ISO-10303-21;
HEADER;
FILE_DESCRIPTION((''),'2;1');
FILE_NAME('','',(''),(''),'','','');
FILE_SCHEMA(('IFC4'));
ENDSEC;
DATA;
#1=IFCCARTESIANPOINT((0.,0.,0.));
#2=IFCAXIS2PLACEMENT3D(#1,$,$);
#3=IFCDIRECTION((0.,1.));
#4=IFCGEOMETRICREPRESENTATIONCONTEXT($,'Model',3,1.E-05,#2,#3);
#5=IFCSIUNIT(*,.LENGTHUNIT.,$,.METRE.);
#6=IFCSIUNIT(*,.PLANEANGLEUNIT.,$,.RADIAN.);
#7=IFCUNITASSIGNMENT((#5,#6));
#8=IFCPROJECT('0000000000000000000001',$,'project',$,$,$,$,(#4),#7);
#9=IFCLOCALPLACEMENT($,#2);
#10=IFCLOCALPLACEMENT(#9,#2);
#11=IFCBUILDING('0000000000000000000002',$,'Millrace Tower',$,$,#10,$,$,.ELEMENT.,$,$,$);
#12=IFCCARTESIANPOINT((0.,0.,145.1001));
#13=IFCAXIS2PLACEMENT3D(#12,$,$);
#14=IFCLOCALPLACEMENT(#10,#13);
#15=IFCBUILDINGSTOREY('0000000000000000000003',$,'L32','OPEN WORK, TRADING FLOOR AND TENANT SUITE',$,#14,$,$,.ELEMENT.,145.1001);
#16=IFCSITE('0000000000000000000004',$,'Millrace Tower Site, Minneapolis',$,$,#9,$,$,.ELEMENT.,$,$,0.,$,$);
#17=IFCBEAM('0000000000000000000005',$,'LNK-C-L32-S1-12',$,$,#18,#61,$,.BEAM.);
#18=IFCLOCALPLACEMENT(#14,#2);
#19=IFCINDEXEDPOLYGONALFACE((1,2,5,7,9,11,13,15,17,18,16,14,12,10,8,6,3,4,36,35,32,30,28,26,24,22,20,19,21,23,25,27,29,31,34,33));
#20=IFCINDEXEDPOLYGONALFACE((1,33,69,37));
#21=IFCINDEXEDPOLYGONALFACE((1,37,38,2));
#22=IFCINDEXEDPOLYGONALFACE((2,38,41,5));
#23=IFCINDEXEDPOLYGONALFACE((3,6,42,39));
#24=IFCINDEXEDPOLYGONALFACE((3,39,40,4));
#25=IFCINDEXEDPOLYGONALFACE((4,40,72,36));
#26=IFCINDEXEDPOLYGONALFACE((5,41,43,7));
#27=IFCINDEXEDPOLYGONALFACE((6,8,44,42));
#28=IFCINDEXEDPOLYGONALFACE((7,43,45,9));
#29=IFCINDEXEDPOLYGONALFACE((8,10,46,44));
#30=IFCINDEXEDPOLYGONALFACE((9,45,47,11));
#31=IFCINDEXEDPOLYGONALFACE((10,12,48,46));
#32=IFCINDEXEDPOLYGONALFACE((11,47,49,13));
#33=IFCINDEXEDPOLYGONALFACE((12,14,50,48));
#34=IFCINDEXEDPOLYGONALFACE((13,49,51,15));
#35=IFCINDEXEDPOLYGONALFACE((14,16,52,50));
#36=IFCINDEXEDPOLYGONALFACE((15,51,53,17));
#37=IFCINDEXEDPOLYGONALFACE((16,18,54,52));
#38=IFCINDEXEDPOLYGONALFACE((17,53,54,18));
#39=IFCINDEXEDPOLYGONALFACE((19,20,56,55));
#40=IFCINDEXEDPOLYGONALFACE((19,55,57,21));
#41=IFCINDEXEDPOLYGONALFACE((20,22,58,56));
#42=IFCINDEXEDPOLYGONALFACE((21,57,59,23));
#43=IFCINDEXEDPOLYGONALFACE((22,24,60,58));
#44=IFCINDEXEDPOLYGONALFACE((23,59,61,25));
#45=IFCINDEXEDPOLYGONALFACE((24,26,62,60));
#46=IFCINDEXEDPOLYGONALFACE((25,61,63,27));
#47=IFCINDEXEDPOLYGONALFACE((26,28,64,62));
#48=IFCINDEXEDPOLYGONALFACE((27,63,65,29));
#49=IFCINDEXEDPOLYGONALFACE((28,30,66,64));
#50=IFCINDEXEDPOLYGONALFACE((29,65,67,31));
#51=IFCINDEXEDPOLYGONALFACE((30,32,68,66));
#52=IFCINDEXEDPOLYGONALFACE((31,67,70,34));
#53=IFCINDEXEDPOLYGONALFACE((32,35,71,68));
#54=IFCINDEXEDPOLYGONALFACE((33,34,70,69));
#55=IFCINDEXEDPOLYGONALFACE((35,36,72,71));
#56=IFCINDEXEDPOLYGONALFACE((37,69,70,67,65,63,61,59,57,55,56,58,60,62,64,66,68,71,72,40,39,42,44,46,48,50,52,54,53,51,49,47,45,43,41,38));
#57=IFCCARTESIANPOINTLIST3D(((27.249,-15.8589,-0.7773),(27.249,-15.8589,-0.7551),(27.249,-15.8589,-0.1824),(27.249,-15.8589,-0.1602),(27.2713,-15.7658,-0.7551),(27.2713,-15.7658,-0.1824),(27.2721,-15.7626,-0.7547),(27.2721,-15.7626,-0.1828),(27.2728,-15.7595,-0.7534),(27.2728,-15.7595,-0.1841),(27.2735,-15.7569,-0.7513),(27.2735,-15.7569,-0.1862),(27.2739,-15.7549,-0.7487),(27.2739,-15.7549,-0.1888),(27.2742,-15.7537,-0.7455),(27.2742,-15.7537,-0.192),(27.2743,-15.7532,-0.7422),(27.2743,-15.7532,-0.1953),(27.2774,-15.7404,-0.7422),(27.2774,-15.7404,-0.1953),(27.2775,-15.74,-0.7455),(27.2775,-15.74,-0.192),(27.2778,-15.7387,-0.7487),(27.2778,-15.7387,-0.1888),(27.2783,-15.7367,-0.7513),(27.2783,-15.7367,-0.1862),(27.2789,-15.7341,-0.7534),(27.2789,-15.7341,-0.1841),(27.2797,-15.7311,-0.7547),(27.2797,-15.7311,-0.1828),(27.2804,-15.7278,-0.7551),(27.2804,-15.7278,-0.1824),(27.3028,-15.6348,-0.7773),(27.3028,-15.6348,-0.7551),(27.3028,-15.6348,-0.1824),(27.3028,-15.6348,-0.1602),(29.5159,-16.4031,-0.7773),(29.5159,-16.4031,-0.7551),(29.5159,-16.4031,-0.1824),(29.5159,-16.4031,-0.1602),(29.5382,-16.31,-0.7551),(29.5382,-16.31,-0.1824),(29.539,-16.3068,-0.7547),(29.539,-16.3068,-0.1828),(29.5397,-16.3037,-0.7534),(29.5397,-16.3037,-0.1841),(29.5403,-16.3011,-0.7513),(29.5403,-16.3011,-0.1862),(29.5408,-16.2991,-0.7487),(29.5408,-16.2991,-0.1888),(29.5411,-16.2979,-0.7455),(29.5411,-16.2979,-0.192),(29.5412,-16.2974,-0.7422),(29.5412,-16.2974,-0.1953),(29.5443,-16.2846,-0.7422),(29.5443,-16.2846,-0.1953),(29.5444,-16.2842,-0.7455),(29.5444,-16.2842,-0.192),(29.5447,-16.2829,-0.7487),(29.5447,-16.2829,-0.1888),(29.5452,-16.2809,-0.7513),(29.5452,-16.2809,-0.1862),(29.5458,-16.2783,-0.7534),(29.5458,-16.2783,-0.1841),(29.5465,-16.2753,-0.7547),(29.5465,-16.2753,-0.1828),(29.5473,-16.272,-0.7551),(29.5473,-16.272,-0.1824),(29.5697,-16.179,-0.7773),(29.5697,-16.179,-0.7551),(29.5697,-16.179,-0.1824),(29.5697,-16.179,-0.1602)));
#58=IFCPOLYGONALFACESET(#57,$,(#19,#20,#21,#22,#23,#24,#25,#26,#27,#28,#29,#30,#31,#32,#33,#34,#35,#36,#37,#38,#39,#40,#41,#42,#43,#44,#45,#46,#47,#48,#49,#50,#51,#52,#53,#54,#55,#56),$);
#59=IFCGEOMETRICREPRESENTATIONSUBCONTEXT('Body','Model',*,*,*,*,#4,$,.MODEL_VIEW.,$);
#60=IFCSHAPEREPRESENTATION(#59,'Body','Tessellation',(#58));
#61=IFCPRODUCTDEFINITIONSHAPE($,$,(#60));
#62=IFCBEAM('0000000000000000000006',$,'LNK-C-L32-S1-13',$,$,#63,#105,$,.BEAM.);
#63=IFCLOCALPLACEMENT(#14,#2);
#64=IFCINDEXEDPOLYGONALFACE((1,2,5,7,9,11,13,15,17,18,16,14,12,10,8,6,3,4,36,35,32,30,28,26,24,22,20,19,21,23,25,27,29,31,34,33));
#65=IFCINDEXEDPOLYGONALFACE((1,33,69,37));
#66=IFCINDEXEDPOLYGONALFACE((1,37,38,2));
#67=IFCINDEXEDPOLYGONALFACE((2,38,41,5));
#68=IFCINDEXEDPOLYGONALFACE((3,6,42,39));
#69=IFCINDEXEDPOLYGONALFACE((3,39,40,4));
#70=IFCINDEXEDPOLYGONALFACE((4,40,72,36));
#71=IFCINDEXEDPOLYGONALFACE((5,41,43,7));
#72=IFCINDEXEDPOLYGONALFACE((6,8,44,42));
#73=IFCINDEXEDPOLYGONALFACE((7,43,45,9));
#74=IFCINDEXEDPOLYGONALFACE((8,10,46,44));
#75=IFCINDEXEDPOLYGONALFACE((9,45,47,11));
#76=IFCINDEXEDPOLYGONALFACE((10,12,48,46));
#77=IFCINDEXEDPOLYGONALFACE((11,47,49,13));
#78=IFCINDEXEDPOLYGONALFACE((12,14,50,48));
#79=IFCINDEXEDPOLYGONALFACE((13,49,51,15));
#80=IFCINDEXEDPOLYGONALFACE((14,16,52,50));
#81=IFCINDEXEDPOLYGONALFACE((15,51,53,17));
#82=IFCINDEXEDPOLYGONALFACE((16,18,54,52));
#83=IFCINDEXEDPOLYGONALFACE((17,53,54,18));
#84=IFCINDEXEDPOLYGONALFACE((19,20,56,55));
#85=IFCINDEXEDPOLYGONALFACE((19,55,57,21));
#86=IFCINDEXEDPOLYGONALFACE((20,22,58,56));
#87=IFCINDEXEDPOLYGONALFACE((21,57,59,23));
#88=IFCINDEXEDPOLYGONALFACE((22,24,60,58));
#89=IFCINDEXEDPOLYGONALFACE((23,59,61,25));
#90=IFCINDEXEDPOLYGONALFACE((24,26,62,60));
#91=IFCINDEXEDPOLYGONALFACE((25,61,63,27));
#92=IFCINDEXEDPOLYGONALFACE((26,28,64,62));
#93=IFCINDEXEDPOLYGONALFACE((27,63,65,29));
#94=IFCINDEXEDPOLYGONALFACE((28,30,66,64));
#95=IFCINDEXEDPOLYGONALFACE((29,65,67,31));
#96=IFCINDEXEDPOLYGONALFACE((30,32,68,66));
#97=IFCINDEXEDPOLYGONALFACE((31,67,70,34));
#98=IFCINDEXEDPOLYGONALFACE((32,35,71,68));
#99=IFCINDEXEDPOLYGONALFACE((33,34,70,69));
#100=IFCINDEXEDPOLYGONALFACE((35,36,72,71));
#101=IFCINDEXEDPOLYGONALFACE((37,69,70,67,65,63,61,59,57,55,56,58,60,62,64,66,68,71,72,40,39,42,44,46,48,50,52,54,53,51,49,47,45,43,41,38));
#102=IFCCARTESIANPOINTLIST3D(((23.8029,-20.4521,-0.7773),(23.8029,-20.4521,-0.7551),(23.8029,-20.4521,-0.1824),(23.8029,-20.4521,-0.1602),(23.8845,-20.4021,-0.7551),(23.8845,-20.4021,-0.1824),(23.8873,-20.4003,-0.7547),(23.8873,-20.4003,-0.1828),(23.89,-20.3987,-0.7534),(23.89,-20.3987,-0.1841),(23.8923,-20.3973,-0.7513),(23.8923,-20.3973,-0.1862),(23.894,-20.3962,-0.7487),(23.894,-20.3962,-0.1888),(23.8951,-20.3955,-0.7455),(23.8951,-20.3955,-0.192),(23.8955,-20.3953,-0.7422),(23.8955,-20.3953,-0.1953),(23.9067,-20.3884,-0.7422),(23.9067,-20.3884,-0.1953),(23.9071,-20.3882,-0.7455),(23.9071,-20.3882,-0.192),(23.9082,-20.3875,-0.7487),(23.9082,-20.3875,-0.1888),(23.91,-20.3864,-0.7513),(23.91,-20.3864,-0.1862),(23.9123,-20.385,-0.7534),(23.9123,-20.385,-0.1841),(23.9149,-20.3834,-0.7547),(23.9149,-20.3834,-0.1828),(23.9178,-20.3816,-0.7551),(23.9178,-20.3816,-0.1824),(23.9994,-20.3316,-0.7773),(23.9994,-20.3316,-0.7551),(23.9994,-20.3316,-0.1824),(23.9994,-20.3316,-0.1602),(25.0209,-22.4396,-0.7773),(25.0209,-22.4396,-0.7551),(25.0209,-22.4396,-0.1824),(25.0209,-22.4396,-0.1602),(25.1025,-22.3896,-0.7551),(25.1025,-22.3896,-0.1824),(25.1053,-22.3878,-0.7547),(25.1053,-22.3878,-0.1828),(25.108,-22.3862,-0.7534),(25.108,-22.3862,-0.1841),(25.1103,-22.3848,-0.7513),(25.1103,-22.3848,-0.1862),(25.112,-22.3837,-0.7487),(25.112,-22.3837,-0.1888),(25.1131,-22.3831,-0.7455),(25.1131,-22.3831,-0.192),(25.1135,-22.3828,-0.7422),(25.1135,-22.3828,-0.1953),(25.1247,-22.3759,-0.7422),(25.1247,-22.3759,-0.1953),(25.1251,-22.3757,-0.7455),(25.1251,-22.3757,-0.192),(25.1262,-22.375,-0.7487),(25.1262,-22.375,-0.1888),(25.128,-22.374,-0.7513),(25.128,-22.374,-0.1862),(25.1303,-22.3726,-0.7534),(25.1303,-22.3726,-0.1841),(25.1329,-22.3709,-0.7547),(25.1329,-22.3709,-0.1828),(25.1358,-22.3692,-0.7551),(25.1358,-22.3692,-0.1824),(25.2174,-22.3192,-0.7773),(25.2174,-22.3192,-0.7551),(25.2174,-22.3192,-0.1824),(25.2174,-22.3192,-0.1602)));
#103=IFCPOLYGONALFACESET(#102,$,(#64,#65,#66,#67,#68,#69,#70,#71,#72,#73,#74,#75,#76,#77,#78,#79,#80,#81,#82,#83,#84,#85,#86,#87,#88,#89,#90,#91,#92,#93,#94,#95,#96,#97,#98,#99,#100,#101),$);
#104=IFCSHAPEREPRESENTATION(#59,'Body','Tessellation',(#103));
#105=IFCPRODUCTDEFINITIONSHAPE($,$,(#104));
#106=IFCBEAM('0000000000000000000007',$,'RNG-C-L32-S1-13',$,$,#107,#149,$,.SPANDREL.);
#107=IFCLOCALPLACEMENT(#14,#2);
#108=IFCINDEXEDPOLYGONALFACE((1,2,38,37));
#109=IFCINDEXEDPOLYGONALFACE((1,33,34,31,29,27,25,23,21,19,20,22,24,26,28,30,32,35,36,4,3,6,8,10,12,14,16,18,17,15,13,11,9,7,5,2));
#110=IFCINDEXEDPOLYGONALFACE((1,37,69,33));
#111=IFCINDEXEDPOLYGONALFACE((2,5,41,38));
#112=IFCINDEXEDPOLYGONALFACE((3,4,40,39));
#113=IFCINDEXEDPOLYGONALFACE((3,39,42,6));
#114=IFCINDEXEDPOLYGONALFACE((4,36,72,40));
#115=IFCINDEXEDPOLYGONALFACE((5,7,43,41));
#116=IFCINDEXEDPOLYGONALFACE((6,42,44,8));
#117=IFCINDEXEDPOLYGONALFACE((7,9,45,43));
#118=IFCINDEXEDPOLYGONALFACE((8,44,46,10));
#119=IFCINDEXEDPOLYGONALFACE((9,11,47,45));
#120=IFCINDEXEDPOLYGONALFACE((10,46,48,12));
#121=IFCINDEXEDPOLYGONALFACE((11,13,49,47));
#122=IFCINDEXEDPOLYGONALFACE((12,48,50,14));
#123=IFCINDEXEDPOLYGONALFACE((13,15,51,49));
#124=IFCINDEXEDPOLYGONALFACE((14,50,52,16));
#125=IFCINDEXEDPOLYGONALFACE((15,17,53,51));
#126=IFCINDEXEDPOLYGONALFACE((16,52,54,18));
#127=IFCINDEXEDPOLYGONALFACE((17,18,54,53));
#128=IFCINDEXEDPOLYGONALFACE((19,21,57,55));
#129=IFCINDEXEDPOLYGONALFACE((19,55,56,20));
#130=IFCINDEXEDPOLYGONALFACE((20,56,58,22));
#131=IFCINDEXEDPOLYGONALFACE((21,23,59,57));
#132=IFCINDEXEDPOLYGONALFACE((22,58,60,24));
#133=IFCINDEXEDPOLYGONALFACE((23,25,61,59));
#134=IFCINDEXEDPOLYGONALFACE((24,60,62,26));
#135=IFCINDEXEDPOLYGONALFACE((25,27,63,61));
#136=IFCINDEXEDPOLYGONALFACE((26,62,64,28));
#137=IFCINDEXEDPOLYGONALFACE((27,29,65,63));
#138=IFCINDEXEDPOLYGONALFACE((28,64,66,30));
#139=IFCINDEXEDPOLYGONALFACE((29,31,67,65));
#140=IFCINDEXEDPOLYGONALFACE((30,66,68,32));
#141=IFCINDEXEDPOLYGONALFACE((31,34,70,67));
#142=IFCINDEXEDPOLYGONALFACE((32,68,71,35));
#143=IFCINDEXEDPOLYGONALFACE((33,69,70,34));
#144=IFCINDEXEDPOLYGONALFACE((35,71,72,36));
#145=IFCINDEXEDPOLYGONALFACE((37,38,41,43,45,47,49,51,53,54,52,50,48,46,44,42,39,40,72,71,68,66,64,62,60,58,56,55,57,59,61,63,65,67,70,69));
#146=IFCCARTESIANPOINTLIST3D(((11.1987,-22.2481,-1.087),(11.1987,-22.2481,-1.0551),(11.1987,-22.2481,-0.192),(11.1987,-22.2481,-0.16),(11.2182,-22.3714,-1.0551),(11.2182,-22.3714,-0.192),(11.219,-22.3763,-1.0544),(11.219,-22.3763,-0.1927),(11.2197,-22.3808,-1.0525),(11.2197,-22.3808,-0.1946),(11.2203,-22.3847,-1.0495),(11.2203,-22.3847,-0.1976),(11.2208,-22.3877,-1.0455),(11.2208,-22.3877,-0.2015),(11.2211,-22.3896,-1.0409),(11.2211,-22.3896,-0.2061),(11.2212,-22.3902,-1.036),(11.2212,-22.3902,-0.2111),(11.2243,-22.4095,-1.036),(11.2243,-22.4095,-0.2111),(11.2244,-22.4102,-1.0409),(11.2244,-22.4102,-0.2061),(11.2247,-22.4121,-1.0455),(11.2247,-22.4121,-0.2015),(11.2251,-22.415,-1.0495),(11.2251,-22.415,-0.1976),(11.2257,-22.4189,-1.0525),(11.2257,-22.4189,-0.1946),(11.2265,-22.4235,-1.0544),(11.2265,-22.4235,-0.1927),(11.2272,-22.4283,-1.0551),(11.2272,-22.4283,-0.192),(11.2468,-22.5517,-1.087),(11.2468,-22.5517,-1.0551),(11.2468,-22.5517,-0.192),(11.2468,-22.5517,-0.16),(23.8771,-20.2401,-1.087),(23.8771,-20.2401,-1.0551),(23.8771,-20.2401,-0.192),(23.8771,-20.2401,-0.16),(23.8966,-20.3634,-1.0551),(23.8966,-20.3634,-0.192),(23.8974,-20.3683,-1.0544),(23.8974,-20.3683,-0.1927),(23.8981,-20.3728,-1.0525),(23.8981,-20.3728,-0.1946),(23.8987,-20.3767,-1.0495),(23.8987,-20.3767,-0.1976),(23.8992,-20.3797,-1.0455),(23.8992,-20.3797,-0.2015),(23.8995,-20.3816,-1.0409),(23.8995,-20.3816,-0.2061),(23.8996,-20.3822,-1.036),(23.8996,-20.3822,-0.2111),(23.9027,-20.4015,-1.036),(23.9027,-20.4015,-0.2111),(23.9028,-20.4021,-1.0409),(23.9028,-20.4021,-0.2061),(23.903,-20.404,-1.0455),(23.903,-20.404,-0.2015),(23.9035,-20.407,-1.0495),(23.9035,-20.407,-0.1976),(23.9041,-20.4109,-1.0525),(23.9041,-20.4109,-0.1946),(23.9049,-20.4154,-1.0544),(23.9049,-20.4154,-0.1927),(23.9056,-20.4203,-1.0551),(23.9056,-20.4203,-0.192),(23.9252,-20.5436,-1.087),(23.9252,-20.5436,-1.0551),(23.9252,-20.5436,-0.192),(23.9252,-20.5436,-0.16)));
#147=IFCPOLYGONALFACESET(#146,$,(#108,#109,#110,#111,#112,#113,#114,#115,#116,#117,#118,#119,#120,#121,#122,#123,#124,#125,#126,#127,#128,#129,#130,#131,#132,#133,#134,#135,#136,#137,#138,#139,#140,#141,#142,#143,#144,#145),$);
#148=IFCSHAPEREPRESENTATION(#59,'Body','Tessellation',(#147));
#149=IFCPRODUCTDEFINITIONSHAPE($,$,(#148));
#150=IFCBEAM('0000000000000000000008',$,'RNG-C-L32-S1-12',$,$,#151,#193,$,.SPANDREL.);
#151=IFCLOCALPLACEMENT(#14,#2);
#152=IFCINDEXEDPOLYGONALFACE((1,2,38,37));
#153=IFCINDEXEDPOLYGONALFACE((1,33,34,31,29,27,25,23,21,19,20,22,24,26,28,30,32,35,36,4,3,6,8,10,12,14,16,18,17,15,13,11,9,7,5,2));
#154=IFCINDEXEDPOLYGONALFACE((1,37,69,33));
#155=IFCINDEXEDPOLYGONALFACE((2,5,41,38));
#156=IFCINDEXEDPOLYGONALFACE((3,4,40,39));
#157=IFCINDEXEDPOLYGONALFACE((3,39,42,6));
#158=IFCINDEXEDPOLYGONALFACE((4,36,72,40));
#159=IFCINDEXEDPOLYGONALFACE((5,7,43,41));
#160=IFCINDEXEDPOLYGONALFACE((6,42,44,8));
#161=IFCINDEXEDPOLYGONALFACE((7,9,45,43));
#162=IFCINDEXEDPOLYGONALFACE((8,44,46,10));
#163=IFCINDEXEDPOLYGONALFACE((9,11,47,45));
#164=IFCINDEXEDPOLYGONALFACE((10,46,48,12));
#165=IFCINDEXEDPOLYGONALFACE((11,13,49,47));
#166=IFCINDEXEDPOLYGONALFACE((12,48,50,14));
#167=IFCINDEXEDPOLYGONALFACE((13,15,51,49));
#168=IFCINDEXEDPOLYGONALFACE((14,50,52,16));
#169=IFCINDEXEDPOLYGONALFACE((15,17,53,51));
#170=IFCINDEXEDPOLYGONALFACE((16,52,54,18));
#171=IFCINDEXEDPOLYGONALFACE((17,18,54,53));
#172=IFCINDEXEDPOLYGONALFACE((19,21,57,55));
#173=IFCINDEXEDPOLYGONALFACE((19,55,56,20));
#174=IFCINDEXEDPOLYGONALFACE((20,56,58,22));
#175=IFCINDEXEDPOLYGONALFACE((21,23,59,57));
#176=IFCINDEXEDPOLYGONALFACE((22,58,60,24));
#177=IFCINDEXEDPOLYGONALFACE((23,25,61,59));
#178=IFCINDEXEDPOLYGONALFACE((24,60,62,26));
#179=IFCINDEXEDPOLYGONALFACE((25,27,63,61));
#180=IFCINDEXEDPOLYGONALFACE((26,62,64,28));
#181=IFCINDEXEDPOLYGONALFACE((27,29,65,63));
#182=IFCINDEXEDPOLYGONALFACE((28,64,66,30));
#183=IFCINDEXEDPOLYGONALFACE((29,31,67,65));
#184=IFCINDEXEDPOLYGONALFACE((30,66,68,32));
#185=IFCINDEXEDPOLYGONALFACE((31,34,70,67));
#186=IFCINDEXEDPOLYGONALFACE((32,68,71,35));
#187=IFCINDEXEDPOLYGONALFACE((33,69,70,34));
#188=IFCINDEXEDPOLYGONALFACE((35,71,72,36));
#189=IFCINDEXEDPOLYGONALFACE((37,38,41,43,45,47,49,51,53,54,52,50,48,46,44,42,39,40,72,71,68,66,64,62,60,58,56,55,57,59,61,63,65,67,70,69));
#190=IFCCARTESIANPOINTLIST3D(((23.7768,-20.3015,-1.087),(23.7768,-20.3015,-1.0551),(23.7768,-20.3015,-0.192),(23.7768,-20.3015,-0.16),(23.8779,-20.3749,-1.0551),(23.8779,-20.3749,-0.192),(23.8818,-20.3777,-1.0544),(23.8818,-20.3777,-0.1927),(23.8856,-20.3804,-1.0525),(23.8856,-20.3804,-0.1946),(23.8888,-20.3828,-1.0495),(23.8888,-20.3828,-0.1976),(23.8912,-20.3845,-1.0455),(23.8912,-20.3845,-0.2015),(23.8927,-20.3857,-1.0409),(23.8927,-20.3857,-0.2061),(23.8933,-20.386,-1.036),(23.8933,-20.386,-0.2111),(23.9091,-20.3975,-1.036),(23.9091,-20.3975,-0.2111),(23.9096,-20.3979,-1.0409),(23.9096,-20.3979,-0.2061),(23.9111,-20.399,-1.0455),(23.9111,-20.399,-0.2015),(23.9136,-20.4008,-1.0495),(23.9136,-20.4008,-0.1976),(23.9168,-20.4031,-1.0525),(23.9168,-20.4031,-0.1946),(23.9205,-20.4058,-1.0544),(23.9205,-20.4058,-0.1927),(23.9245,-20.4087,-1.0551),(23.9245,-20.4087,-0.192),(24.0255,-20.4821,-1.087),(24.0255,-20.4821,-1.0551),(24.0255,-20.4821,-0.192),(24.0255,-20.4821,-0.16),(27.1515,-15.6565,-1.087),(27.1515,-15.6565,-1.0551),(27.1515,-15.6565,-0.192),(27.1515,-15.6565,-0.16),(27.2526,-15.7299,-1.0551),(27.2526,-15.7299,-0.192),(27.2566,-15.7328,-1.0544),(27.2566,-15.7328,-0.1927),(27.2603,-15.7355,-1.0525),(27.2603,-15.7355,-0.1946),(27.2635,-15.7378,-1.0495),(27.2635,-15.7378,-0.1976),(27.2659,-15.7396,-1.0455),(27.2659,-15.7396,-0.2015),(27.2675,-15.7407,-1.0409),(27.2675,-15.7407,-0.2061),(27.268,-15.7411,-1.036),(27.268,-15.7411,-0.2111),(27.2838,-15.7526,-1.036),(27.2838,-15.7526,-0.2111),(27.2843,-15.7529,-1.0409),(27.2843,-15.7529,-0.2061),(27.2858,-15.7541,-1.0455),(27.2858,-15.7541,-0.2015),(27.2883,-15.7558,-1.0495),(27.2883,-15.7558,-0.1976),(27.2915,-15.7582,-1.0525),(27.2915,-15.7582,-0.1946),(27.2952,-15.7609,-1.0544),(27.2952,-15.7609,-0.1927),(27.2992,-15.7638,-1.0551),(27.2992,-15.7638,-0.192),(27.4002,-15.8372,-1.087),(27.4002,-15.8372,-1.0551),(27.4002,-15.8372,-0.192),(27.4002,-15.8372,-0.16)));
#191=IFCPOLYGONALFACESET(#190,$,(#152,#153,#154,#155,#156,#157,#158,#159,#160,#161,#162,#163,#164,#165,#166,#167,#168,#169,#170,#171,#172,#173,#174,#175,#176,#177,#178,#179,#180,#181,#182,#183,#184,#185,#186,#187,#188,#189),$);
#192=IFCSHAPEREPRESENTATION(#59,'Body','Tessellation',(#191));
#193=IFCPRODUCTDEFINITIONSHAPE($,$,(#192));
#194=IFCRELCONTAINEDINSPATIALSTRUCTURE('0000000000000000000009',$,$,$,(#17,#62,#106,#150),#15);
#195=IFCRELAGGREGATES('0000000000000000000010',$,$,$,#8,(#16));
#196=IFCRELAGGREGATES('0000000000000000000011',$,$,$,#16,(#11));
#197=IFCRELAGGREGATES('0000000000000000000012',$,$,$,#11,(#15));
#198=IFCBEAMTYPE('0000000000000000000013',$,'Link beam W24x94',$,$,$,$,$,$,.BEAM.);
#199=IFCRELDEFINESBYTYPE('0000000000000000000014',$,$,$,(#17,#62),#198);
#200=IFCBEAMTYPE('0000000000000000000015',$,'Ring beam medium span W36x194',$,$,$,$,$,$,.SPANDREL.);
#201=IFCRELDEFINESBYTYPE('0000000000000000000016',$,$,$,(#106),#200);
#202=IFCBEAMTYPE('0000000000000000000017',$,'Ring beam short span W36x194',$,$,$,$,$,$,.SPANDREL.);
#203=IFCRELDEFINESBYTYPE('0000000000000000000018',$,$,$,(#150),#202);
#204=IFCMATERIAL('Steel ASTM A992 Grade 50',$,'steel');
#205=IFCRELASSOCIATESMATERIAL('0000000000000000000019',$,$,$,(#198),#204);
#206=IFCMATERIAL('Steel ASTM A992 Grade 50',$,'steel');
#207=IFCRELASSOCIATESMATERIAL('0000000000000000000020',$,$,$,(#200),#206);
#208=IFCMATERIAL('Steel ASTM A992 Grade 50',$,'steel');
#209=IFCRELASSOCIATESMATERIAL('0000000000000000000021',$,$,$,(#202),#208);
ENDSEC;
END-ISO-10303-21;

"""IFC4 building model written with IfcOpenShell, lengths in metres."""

from ifc_helpers import new_model, si_unit, direction, frame, origin, origin_2d, place, context, subcontext, project, spatial, i_section, extrude, material, material_profile, profile_set, type_object, element, save


model = new_model("IFC4")

# Units and contexts
model_context = context("Model", 3, precision=1e-05, world=origin(), true_north=direction((0.0, 1.0)))
body_context = subcontext(model_context, "Body", "Model", "MODEL_VIEW")
ifc_project = project(units=[si_unit("LENGTHUNIT", "METRE"), si_unit("PLANEANGLEUNIT", "RADIAN")], contexts=[model_context])

# Site, building, storey
site_placement = place(None, origin())
site = spatial("IfcSite", under=ifc_project, at=site_placement, Name="Millrace Tower Site, Minneapolis", CompositionType="ELEMENT", RefElevation=0.0)
building_placement = place(site_placement, origin())
building = spatial("IfcBuilding", under=site, at=building_placement, Name="Millrace Tower", CompositionType="ELEMENT")
storey_placement = place(building_placement, frame((0.0, 0.0, 145.1001)))
storey = spatial("IfcBuildingStorey", under=building, at=storey_placement, Name="L32", Description="OPEN WORK, TRADING FLOOR AND TENANT SUITE", CompositionType="ELEMENT", Elevation=145.1001)

# Beams
ifc_material_1 = material(Name="Steel ASTM A992 Grade 50", Category="steel")
ifc_material_profile_1 = material_profile(ifc_material_1, i_section(OverallWidth=0.2305, OverallDepth=0.6172, WebThickness=0.0132, FlangeThickness=0.0222, FilletRadius=0.0129, at=origin_2d()))
ifc_profile_set_1 = profile_set([ifc_material_profile_1], Name="Steel ASTM A992 Grade 50")
beam_type_1 = type_object("IfcBeamType", Name="Link beam W24x94", PredefinedType="BEAM", material=ifc_profile_set_1)
beam_1_placement = place(storey_placement, frame((27.2759, -15.7468, -0.4688), z_axis=(0.972373, -0.233432, 0.0), x_axis=(0.233432, 0.972373, 0.0)))
element("IfcBeam", 1, at=beam_1_placement, inside=storey, type_object=beam_type_1, Name="LNK-C-L32-S1-12", PredefinedType="BEAM", context=body_context, shape_type="SweptSolid", body=[
    extrude(i_section(OverallWidth=0.2305, OverallDepth=0.6172, WebThickness=0.0132, FlangeThickness=0.0222, FilletRadius=0.0129, at=origin_2d()), origin(), (0.0, 0.0, 1.0), 2.3313),
])
beam_2_placement = place(storey_placement, frame((23.9011, -20.3918, -0.4688), z_axis=(0.522513, -0.852631, 0.0), x_axis=(0.852631, 0.522513, 0.0)))
element("IfcBeam", 2, at=beam_2_placement, inside=storey, type_object=beam_type_1, Name="LNK-C-L32-S1-13", PredefinedType="BEAM", context=body_context, shape_type="SweptSolid", body=[
    extrude(i_section(OverallWidth=0.2305, OverallDepth=0.6172, WebThickness=0.0132, FlangeThickness=0.0222, FilletRadius=0.0129, at=origin_2d()), origin(), (0.0, 0.0, 1.0), 2.3311),
])
ifc_material_2 = material(Name="Steel ASTM A992 Grade 50", Category="steel")
ifc_material_profile_2 = material_profile(ifc_material_2, i_section(OverallWidth=0.3074, OverallDepth=0.927, WebThickness=0.0195, FlangeThickness=0.032, FilletRadius=0.019, at=origin_2d()))
ifc_profile_set_2 = profile_set([ifc_material_profile_2], Name="Steel ASTM A992 Grade 50")
beam_type_2 = type_object("IfcBeamType", Name="Ring beam medium span W36x194", PredefinedType="SPANDREL", material=ifc_profile_set_2)
beam_3_placement = place(storey_placement, frame((23.9011, -20.3918, -0.6235), z_axis=(-0.987689, -0.156433, 0.0), x_axis=(0.156433, -0.987689, 0.0)))
element("IfcBeam", 3, at=beam_3_placement, inside=storey, type_object=beam_type_2, Name="RNG-C-L32-S1-13", PredefinedType="SPANDREL", context=body_context, shape_type="SweptSolid", body=[
    extrude(i_section(OverallWidth=0.3074, OverallDepth=0.927, WebThickness=0.0195, FlangeThickness=0.032, FilletRadius=0.019, at=origin_2d()), origin(), (0.0, 0.0, 1.0), 12.8364),
])
ifc_material_3 = material(Name="Steel ASTM A992 Grade 50", Category="steel")
ifc_material_profile_3 = material_profile(ifc_material_3, i_section(OverallWidth=0.3074, OverallDepth=0.927, WebThickness=0.0195, FlangeThickness=0.032, FilletRadius=0.019, at=origin_2d()))
ifc_profile_set_3 = profile_set([ifc_material_profile_3], Name="Steel ASTM A992 Grade 50")
beam_type_3 = type_object("IfcBeamType", Name="Ring beam short span W36x194", PredefinedType="SPANDREL", material=ifc_profile_set_3)
beam_4_placement = place(storey_placement, frame((27.2759, -15.7468, -0.6235), z_axis=(-0.58778, -0.809021, 0.0), x_axis=(0.809021, -0.58778, 0.0)))
element("IfcBeam", 4, at=beam_4_placement, inside=storey, type_object=beam_type_3, Name="RNG-C-L32-S1-12", PredefinedType="SPANDREL", context=body_context, shape_type="SweptSolid", body=[
    extrude(i_section(OverallWidth=0.3074, OverallDepth=0.927, WebThickness=0.0195, FlangeThickness=0.032, FilletRadius=0.019, at=origin_2d()), origin(), (0.0, 0.0, 1.0), 5.7415),
])

save(model, "model.ifc")
